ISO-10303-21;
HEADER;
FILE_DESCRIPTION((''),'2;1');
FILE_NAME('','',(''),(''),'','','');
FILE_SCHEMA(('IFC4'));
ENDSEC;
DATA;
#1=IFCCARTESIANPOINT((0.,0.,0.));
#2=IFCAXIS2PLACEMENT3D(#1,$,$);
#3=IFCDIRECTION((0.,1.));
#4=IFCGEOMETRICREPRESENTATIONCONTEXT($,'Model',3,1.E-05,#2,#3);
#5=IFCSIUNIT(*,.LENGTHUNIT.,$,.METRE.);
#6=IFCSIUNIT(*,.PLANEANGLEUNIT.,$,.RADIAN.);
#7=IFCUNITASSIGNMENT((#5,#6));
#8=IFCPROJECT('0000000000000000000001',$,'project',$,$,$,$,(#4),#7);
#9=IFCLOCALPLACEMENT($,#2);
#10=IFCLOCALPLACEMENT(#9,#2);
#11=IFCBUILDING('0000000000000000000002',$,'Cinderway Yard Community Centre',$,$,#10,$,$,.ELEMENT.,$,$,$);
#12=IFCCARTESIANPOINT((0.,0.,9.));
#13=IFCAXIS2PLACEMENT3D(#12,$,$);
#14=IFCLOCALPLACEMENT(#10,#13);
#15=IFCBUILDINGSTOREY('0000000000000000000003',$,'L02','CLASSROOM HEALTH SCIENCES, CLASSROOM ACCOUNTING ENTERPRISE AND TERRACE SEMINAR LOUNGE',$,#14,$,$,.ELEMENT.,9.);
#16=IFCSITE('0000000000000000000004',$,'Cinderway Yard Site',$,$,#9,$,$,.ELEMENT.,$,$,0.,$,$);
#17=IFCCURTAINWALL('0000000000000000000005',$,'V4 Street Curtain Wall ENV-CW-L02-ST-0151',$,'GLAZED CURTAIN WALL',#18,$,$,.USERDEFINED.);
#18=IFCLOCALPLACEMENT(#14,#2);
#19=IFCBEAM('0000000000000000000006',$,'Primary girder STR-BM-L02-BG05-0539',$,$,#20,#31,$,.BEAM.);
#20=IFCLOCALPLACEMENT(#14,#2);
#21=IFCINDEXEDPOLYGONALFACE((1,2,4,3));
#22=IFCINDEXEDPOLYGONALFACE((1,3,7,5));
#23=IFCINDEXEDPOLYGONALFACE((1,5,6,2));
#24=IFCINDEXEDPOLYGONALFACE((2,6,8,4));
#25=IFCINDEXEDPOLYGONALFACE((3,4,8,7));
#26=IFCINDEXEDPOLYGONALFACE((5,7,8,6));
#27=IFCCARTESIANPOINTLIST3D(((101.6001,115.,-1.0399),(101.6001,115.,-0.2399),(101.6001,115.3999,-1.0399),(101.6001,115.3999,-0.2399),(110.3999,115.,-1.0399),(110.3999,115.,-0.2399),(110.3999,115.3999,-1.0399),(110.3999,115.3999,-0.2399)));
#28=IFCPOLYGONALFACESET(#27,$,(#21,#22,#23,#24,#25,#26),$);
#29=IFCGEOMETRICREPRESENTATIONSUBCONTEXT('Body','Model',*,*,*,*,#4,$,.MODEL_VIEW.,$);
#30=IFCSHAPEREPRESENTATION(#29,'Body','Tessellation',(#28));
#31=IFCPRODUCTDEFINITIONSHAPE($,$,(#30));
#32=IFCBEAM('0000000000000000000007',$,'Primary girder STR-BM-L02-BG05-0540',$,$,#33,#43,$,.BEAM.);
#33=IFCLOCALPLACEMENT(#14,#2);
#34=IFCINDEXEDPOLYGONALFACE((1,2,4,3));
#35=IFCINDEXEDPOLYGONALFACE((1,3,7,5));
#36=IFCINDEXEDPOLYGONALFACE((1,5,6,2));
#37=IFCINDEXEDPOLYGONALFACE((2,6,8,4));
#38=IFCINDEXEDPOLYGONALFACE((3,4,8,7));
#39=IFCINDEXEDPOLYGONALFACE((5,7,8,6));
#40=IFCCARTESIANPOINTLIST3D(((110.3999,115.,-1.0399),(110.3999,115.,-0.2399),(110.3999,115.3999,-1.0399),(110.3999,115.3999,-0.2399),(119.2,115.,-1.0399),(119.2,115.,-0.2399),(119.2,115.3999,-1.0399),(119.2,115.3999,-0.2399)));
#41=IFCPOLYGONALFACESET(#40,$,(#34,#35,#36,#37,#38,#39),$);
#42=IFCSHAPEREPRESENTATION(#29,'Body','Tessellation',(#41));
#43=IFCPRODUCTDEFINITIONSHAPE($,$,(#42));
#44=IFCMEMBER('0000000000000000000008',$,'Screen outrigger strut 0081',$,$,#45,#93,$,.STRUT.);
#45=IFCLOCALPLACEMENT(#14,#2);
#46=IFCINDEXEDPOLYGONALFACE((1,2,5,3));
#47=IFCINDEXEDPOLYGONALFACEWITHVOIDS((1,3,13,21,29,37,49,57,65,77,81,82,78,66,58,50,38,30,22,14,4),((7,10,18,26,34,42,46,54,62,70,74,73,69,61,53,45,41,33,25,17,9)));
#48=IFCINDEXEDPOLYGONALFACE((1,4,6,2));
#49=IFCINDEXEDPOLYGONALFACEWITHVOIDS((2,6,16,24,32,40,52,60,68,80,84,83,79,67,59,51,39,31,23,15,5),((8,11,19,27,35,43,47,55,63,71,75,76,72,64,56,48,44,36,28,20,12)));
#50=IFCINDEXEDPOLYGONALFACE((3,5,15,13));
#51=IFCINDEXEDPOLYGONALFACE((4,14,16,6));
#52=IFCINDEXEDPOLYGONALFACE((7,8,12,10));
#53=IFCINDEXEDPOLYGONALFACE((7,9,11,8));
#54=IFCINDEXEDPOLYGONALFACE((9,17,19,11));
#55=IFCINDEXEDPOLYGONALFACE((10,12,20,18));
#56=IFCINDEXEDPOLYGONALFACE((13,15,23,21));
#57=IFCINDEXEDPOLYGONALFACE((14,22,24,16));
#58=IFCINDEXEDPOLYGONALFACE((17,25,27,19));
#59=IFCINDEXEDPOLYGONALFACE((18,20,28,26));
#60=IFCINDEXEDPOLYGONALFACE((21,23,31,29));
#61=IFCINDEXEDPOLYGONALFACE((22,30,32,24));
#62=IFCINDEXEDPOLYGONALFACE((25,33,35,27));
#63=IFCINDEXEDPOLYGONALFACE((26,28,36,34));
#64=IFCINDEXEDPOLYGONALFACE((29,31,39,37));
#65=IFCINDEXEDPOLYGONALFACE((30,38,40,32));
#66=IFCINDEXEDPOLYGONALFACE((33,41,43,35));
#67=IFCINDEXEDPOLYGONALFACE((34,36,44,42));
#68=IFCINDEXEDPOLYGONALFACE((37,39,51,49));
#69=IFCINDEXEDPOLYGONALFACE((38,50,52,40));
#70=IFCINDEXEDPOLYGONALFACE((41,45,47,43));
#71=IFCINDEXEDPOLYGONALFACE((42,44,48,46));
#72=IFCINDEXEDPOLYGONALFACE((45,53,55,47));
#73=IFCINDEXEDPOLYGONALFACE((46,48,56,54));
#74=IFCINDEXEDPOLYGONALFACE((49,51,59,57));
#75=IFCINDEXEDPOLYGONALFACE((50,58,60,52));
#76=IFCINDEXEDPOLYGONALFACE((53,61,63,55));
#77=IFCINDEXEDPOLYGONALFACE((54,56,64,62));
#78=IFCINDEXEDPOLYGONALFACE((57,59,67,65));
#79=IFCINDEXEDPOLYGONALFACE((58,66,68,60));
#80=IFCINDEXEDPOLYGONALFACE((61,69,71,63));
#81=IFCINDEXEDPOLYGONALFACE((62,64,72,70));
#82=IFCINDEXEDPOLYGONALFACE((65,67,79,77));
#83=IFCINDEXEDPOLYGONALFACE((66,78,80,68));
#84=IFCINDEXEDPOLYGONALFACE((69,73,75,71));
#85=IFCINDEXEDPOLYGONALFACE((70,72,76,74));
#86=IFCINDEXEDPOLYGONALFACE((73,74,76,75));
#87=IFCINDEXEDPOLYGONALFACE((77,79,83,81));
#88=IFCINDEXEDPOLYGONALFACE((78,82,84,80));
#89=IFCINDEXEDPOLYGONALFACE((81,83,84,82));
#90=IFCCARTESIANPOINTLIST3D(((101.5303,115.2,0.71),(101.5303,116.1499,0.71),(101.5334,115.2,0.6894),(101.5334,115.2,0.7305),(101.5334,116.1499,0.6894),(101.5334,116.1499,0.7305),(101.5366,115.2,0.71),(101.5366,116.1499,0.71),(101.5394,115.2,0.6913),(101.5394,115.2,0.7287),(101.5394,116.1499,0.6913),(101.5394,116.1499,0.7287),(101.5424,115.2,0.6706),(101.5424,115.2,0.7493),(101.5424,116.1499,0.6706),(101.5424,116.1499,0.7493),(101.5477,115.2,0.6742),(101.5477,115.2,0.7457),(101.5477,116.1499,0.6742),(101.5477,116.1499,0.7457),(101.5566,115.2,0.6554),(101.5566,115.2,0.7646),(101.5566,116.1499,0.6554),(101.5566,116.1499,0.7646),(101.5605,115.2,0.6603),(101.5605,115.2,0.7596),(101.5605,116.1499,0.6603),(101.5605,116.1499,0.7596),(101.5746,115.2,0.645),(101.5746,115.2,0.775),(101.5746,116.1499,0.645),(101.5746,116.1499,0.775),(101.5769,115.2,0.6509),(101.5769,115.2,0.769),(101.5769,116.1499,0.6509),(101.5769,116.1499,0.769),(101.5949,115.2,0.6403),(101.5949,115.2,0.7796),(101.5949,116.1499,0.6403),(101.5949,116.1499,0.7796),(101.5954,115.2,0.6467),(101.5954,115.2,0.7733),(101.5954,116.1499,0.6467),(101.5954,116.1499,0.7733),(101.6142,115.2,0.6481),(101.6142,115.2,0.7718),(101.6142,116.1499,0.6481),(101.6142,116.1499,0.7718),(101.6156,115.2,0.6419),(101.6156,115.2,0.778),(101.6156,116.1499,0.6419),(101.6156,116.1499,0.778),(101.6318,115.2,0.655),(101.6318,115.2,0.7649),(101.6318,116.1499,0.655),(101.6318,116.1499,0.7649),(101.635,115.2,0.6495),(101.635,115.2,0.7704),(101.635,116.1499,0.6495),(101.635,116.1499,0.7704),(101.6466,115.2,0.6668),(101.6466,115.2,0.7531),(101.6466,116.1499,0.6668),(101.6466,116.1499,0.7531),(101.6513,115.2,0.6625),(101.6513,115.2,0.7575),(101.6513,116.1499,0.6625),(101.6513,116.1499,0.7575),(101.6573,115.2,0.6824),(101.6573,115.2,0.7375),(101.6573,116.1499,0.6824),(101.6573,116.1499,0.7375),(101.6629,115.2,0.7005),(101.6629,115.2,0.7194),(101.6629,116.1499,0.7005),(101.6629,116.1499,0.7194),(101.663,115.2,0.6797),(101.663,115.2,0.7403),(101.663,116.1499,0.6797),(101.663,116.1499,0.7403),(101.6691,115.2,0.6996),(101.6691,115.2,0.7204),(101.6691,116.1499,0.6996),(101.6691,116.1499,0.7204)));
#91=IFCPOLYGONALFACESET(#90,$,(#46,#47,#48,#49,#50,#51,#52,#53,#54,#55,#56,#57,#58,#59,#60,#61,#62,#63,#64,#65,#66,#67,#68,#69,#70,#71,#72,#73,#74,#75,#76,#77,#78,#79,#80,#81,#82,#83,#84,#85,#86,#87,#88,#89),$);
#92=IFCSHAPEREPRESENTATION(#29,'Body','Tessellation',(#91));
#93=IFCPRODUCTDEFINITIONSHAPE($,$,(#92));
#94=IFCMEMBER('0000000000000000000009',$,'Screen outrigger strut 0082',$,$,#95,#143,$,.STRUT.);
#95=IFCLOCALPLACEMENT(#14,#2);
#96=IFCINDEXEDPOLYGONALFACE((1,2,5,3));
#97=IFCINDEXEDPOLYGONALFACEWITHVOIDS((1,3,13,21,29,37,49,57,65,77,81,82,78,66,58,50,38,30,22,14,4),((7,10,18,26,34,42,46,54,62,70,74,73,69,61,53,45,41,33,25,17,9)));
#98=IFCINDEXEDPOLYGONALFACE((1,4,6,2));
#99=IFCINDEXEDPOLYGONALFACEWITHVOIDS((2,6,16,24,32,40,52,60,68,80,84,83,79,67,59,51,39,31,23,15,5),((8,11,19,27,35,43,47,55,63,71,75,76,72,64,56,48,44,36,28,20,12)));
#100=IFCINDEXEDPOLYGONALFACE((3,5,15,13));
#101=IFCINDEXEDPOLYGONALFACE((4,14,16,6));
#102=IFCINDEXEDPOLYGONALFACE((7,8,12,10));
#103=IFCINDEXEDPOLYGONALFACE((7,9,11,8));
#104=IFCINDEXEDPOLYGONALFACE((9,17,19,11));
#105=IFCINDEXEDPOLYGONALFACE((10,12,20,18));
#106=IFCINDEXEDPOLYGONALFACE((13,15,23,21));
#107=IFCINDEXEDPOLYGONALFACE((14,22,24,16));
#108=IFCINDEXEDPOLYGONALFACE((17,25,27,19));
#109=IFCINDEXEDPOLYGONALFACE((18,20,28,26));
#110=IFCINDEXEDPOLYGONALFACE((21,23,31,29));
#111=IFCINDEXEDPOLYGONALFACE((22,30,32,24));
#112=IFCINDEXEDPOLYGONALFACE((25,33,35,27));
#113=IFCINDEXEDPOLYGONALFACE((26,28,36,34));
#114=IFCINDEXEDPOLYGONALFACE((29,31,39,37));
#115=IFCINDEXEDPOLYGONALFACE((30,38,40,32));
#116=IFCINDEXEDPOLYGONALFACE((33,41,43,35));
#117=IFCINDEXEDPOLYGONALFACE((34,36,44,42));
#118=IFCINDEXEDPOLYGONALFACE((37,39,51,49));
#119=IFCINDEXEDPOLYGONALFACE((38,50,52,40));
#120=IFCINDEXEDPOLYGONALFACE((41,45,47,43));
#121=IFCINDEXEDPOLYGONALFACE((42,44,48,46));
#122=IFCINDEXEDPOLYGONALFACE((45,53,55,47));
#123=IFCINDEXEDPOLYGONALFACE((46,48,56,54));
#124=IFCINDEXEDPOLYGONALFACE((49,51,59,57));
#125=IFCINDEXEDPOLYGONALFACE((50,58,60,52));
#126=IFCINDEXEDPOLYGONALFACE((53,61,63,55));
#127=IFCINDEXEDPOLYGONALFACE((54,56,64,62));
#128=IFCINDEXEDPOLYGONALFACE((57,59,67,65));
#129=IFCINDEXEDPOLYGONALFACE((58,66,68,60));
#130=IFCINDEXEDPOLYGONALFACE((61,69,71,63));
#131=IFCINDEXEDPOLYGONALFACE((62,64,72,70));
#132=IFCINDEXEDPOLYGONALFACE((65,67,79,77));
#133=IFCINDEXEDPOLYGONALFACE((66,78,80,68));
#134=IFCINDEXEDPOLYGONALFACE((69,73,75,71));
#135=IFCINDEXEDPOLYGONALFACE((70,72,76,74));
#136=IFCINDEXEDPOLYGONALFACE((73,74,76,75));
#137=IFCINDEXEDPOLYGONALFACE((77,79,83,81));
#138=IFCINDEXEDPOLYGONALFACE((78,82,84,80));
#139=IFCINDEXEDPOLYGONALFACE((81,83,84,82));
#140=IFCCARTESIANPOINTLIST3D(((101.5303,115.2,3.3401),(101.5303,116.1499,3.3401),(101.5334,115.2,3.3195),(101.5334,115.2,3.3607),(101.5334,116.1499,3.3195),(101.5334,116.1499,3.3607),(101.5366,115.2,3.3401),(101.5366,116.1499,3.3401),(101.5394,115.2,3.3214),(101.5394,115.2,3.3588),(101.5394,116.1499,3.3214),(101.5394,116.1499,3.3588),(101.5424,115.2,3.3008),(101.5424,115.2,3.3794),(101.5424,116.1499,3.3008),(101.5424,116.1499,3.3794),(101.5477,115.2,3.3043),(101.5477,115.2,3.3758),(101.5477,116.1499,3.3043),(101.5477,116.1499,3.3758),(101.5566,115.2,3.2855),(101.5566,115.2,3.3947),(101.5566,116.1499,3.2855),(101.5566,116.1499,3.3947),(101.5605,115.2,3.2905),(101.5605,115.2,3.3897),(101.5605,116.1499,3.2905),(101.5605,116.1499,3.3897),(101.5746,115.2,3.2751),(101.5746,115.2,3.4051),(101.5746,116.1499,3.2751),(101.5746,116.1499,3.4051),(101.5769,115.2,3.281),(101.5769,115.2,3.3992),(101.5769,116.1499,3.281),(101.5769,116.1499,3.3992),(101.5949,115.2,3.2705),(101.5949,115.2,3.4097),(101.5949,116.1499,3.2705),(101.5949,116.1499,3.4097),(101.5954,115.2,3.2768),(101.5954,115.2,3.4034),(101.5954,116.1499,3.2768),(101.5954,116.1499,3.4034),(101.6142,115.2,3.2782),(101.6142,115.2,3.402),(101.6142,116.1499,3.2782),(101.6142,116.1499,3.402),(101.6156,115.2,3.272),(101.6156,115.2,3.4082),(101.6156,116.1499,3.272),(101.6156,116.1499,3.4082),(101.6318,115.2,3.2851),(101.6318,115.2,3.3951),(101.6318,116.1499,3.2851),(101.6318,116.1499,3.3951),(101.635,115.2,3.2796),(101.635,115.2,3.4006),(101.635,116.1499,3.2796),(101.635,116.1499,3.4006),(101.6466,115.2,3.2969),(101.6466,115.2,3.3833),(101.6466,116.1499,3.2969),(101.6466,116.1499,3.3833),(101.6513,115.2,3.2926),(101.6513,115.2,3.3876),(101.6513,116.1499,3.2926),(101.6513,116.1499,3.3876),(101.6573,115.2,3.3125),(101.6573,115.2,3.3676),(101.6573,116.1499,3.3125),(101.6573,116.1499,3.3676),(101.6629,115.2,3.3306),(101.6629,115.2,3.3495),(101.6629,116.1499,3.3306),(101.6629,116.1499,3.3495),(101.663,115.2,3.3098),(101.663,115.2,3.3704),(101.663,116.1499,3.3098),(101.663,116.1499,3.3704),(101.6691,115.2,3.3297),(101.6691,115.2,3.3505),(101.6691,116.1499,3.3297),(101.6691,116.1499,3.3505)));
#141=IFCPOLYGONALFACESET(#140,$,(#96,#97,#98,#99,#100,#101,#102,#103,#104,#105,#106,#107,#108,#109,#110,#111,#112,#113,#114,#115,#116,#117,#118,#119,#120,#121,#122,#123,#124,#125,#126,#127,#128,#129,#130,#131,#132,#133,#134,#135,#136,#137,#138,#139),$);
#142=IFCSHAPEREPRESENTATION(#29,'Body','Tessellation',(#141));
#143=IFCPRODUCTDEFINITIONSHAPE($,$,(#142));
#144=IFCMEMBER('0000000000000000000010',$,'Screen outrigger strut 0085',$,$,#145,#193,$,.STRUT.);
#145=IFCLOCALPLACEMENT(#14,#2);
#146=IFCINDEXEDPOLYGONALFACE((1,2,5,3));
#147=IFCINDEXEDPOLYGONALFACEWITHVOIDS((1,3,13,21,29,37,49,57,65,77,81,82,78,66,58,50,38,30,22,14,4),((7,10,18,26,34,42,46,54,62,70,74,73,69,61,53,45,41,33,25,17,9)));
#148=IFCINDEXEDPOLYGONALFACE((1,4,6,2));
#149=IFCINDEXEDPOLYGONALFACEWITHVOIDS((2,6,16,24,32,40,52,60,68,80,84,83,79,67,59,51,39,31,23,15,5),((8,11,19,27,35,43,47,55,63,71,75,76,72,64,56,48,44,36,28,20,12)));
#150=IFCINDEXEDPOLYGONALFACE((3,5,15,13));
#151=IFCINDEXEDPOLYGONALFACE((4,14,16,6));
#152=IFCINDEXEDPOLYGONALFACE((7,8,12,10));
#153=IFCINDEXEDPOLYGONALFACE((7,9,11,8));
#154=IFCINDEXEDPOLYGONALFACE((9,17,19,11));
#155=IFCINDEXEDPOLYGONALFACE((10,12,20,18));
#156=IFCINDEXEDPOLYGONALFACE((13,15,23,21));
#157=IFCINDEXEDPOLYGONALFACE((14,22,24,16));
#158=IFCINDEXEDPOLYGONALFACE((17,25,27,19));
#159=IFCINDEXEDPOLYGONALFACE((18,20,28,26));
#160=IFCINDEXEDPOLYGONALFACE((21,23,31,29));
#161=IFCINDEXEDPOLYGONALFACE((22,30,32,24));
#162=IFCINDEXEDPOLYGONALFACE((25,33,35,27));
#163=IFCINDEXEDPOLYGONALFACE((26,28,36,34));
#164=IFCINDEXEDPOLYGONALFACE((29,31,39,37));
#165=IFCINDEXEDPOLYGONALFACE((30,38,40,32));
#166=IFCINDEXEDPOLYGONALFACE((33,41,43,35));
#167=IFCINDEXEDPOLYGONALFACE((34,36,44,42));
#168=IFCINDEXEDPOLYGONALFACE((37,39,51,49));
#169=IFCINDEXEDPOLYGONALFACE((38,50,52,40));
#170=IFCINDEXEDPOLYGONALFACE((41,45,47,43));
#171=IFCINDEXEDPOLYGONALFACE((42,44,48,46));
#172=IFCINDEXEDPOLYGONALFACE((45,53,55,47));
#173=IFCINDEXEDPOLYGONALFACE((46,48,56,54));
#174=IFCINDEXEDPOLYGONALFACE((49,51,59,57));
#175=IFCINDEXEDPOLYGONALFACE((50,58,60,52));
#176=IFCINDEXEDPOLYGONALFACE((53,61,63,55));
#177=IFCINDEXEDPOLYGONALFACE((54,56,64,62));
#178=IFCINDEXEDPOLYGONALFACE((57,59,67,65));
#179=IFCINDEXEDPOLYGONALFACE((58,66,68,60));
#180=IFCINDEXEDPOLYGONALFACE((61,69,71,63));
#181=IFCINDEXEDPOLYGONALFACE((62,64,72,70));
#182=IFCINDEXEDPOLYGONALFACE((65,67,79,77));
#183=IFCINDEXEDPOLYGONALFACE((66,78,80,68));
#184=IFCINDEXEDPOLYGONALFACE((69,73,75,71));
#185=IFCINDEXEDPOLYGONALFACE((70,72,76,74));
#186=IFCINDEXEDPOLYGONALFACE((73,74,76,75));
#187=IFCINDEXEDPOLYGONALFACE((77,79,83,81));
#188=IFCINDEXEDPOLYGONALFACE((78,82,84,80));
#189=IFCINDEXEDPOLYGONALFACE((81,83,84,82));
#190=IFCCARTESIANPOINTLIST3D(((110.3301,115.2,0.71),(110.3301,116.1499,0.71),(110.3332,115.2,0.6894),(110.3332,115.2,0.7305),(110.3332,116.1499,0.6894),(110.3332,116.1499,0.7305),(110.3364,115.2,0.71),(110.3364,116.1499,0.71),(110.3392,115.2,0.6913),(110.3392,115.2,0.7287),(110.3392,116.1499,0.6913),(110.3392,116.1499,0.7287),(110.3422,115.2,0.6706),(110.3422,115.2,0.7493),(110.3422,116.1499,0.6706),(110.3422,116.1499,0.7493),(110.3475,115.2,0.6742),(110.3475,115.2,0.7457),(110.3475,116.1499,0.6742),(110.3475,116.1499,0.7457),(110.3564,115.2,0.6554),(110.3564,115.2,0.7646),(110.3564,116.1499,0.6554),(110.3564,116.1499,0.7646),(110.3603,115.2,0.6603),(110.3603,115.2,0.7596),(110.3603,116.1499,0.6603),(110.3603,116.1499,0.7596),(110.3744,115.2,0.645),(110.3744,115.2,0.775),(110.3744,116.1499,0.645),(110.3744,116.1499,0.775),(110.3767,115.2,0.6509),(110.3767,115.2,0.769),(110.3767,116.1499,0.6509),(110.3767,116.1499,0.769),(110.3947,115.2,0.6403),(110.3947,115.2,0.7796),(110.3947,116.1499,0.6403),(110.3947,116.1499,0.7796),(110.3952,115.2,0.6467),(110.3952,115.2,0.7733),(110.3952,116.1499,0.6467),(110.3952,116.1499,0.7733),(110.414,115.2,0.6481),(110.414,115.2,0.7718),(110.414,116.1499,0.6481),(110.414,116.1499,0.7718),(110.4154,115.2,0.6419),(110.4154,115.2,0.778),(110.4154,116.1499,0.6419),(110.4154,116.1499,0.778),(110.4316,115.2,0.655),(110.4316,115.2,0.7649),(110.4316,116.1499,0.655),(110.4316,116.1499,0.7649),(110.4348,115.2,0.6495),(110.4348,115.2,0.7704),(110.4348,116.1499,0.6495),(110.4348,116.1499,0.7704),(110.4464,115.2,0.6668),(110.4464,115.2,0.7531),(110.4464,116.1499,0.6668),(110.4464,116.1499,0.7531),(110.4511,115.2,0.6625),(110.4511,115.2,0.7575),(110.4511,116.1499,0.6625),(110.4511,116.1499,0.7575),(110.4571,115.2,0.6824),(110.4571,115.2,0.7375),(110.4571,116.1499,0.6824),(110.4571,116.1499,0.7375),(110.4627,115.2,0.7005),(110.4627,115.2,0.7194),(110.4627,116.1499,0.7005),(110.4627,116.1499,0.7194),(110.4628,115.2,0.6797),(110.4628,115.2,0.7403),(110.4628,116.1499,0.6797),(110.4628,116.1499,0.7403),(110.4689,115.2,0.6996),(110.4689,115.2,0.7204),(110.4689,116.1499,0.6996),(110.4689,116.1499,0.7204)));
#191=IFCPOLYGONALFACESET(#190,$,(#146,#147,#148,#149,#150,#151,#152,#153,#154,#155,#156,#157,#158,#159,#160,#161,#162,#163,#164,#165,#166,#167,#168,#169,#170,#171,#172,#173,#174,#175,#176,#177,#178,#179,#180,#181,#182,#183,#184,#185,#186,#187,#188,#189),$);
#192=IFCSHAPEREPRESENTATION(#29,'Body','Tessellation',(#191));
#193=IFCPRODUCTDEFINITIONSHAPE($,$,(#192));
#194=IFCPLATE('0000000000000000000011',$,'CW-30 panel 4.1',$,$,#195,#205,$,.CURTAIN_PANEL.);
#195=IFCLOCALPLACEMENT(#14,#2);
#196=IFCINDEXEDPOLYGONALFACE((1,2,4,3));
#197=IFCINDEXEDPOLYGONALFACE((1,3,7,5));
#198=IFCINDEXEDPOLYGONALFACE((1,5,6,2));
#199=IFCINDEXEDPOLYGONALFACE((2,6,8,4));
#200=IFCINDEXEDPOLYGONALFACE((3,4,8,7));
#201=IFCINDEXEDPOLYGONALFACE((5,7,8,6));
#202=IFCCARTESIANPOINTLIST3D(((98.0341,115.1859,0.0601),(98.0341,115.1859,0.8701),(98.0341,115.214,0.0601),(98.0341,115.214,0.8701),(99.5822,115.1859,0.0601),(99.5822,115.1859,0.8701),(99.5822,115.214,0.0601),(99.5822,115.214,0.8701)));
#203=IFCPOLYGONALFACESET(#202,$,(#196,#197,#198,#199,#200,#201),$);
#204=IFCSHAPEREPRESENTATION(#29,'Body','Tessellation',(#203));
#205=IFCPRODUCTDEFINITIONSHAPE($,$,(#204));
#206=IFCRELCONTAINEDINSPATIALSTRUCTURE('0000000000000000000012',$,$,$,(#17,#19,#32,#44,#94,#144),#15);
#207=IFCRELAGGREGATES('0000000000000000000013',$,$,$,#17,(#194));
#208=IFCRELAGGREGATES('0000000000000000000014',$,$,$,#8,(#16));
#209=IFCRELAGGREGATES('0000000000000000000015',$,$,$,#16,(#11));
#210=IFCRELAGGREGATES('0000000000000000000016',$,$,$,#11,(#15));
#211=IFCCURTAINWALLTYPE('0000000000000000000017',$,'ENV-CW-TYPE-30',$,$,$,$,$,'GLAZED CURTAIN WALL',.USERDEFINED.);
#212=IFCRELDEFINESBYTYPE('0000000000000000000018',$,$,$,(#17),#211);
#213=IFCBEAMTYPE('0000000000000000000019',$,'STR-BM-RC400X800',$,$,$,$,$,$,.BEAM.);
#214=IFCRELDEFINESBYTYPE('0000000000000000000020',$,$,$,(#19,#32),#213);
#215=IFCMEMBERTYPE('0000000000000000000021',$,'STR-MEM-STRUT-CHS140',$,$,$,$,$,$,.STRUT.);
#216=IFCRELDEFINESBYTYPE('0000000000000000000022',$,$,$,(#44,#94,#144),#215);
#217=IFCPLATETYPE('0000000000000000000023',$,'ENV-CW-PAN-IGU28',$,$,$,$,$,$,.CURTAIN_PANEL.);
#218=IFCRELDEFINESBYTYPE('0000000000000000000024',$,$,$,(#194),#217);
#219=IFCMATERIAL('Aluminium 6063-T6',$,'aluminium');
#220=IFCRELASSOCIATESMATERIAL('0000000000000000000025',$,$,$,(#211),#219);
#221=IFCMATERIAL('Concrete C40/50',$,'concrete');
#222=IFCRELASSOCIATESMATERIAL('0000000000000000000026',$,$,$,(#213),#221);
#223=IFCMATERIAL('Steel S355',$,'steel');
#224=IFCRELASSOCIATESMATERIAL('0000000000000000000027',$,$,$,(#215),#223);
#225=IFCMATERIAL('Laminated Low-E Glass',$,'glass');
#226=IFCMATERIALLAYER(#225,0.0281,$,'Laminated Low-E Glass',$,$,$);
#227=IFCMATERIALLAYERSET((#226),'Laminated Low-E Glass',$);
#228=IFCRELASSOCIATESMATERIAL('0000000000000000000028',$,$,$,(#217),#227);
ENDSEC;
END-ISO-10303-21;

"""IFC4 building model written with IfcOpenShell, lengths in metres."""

from ifc_helpers import new_model, si_unit, direction, frame, origin, origin_2d, place, context, subcontext, project, spatial, rectangle, hollow_circle, extrude, material, layer, layer_set, material_profile, profile_set, type_object, element, aggregate, save


model = new_model("IFC4")

# Units and contexts
model_context = context("Model", 3, precision=1e-05, world=origin(), true_north=direction((0.0, 1.0)))
body_context = subcontext(model_context, "Body", "Model", "MODEL_VIEW")
ifc_project = project(units=[si_unit("LENGTHUNIT", "METRE"), si_unit("PLANEANGLEUNIT", "RADIAN")], contexts=[model_context])

# Site, building, storey
site_placement = place(None, origin())
site = spatial("IfcSite", under=ifc_project, at=site_placement, Name="Cinderway Yard Site", CompositionType="ELEMENT", RefElevation=0.0)
building_placement = place(site_placement, origin())
building = spatial("IfcBuilding", under=site, at=building_placement, Name="Cinderway Yard Community Centre", CompositionType="ELEMENT")
storey_placement = place(building_placement, frame((0.0, 0.0, 9.0)))
storey = spatial("IfcBuildingStorey", under=building, at=storey_placement, Name="L02", Description="CLASSROOM HEALTH SCIENCES, CLASSROOM ACCOUNTING ENTERPRISE AND TERRACE SEMINAR LOUNGE", CompositionType="ELEMENT", Elevation=9.0)

# Shared definitions
ifc_material_1 = material(Name="Concrete C40/50", Category="concrete")

# Curtain wall
ifc_material_2 = material(Name="Aluminium 6063-T6", Category="aluminium")
curtain_wall_type = type_object("IfcCurtainWallType", Name="ENV-CW-TYPE-30", ElementType="GLAZED CURTAIN WALL", PredefinedType="USERDEFINED", material=ifc_material_2)
curtain_wall_placement = place(storey_placement, origin())
curtain_wall = element("IfcCurtainWall", 1, at=curtain_wall_placement, inside=storey, type_object=curtain_wall_type, Name="V4 Street Curtain Wall ENV-CW-L02-ST-0151", ObjectType="GLAZED CURTAIN WALL", PredefinedType="USERDEFINED")

# Beams
ifc_material_profile_1 = material_profile(ifc_material_1, rectangle(XDim=0.3999, YDim=0.8, at=origin_2d()), Name="Concrete C40/50")
ifc_profile_set_1 = profile_set([ifc_material_profile_1], Name="Concrete C40/50")
beam_type_1 = type_object("IfcBeamType", Name="STR-BM-RC400X800", PredefinedType="BEAM", material=ifc_profile_set_1)
beam_1_placement = place(storey_placement, frame((101.6001, 115.2, -0.6399), z_axis=(1.0, 0.0, 0.0), x_axis=(0.0, 1.0, 0.0)))
element("IfcBeam", 2, at=beam_1_placement, inside=storey, type_object=beam_type_1, Name="Primary girder STR-BM-L02-BG05-0539", PredefinedType="BEAM", context=body_context, shape_type="SweptSolid", body=[
    extrude(rectangle(XDim=0.3999, YDim=0.8, at=origin_2d()), origin(), (0.0, 0.0, 1.0), 8.7998),
])
beam_2_placement = place(storey_placement, frame((110.3999, 115.2, -0.6399), z_axis=(1.0, 0.0, 0.0), x_axis=(0.0, 1.0, 0.0)))
element("IfcBeam", 3, at=beam_2_placement, inside=storey, type_object=beam_type_1, Name="Primary girder STR-BM-L02-BG05-0540", PredefinedType="BEAM", context=body_context, shape_type="SweptSolid", body=[
    extrude(rectangle(XDim=0.3999, YDim=0.8, at=origin_2d()), origin(), (0.0, 0.0, 1.0), 8.8),
])

# Members
ifc_material_3 = material(Name="Steel S355", Category="steel")
ifc_material_profile_2 = material_profile(ifc_material_3, hollow_circle(Radius=0.0698, WallThickness=0.0063, at=origin_2d()), Name="Steel S355")
ifc_profile_set_2 = profile_set([ifc_material_profile_2], Name="Steel S355")
member_type_1 = type_object("IfcMemberType", Name="STR-MEM-STRUT-CHS140", PredefinedType="STRUT", material=ifc_profile_set_2)
for number, where, z_axis, x_axis, name in (
    (4, (101.6001, 115.2, 0.71), (0.0, 1.0, 0.0), (-1.0, 0.0, 0.0), "Screen outrigger strut 0081"),
    (5, (101.6001, 115.2, 3.3401), (0.0, 1.0, 0.0), (-1.0, 0.0, 0.0), "Screen outrigger strut 0082"),
    (6, (110.3999, 115.2, 0.71), (0.0, 1.0, 0.0), (-1.0, 0.0, 0.0), "Screen outrigger strut 0085"),
):
    element("IfcMember", number, at=place(storey_placement, frame(where, z_axis=z_axis, x_axis=x_axis)), inside=storey, type_object=member_type_1, Name=name, PredefinedType="STRUT", context=body_context, shape_type="SweptSolid", body=[
        extrude(hollow_circle(Radius=0.0698, WallThickness=0.0063, at=origin_2d()), origin(), (0.0, 0.0, 1.0), 0.95),
    ])

# Plate
ifc_material_4 = material(Name="Laminated Low-E Glass", Category="glass")
ifc_layer_1 = layer(ifc_material_4, 0.0281, Name="Laminated Low-E Glass")
ifc_layer_set_1 = layer_set([ifc_layer_1], Name="Laminated Low-E Glass")
plate_type = type_object("IfcPlateType", Name="ENV-CW-PAN-IGU28", PredefinedType="CURTAIN_PANEL", material=ifc_layer_set_1)
plate_1_placement = place(storey_placement, frame((98.8081, 115.2, 0.0601), z_axis=(0.0, 0.0, 1.0), x_axis=(1.0, 0.0, 0.0)))
plate_1 = element("IfcPlate", 7, at=plate_1_placement, type_object=plate_type, Name="CW-30 panel 4.1", PredefinedType="CURTAIN_PANEL", context=body_context, shape_type="SweptSolid", body=[
    extrude(rectangle(XDim=1.5481, YDim=0.0281, at=origin_2d()), origin(), (0.0, 0.0, 1.0), 0.8101),
])
aggregate(curtain_wall, [plate_1])

save(model, "model.ifc")
